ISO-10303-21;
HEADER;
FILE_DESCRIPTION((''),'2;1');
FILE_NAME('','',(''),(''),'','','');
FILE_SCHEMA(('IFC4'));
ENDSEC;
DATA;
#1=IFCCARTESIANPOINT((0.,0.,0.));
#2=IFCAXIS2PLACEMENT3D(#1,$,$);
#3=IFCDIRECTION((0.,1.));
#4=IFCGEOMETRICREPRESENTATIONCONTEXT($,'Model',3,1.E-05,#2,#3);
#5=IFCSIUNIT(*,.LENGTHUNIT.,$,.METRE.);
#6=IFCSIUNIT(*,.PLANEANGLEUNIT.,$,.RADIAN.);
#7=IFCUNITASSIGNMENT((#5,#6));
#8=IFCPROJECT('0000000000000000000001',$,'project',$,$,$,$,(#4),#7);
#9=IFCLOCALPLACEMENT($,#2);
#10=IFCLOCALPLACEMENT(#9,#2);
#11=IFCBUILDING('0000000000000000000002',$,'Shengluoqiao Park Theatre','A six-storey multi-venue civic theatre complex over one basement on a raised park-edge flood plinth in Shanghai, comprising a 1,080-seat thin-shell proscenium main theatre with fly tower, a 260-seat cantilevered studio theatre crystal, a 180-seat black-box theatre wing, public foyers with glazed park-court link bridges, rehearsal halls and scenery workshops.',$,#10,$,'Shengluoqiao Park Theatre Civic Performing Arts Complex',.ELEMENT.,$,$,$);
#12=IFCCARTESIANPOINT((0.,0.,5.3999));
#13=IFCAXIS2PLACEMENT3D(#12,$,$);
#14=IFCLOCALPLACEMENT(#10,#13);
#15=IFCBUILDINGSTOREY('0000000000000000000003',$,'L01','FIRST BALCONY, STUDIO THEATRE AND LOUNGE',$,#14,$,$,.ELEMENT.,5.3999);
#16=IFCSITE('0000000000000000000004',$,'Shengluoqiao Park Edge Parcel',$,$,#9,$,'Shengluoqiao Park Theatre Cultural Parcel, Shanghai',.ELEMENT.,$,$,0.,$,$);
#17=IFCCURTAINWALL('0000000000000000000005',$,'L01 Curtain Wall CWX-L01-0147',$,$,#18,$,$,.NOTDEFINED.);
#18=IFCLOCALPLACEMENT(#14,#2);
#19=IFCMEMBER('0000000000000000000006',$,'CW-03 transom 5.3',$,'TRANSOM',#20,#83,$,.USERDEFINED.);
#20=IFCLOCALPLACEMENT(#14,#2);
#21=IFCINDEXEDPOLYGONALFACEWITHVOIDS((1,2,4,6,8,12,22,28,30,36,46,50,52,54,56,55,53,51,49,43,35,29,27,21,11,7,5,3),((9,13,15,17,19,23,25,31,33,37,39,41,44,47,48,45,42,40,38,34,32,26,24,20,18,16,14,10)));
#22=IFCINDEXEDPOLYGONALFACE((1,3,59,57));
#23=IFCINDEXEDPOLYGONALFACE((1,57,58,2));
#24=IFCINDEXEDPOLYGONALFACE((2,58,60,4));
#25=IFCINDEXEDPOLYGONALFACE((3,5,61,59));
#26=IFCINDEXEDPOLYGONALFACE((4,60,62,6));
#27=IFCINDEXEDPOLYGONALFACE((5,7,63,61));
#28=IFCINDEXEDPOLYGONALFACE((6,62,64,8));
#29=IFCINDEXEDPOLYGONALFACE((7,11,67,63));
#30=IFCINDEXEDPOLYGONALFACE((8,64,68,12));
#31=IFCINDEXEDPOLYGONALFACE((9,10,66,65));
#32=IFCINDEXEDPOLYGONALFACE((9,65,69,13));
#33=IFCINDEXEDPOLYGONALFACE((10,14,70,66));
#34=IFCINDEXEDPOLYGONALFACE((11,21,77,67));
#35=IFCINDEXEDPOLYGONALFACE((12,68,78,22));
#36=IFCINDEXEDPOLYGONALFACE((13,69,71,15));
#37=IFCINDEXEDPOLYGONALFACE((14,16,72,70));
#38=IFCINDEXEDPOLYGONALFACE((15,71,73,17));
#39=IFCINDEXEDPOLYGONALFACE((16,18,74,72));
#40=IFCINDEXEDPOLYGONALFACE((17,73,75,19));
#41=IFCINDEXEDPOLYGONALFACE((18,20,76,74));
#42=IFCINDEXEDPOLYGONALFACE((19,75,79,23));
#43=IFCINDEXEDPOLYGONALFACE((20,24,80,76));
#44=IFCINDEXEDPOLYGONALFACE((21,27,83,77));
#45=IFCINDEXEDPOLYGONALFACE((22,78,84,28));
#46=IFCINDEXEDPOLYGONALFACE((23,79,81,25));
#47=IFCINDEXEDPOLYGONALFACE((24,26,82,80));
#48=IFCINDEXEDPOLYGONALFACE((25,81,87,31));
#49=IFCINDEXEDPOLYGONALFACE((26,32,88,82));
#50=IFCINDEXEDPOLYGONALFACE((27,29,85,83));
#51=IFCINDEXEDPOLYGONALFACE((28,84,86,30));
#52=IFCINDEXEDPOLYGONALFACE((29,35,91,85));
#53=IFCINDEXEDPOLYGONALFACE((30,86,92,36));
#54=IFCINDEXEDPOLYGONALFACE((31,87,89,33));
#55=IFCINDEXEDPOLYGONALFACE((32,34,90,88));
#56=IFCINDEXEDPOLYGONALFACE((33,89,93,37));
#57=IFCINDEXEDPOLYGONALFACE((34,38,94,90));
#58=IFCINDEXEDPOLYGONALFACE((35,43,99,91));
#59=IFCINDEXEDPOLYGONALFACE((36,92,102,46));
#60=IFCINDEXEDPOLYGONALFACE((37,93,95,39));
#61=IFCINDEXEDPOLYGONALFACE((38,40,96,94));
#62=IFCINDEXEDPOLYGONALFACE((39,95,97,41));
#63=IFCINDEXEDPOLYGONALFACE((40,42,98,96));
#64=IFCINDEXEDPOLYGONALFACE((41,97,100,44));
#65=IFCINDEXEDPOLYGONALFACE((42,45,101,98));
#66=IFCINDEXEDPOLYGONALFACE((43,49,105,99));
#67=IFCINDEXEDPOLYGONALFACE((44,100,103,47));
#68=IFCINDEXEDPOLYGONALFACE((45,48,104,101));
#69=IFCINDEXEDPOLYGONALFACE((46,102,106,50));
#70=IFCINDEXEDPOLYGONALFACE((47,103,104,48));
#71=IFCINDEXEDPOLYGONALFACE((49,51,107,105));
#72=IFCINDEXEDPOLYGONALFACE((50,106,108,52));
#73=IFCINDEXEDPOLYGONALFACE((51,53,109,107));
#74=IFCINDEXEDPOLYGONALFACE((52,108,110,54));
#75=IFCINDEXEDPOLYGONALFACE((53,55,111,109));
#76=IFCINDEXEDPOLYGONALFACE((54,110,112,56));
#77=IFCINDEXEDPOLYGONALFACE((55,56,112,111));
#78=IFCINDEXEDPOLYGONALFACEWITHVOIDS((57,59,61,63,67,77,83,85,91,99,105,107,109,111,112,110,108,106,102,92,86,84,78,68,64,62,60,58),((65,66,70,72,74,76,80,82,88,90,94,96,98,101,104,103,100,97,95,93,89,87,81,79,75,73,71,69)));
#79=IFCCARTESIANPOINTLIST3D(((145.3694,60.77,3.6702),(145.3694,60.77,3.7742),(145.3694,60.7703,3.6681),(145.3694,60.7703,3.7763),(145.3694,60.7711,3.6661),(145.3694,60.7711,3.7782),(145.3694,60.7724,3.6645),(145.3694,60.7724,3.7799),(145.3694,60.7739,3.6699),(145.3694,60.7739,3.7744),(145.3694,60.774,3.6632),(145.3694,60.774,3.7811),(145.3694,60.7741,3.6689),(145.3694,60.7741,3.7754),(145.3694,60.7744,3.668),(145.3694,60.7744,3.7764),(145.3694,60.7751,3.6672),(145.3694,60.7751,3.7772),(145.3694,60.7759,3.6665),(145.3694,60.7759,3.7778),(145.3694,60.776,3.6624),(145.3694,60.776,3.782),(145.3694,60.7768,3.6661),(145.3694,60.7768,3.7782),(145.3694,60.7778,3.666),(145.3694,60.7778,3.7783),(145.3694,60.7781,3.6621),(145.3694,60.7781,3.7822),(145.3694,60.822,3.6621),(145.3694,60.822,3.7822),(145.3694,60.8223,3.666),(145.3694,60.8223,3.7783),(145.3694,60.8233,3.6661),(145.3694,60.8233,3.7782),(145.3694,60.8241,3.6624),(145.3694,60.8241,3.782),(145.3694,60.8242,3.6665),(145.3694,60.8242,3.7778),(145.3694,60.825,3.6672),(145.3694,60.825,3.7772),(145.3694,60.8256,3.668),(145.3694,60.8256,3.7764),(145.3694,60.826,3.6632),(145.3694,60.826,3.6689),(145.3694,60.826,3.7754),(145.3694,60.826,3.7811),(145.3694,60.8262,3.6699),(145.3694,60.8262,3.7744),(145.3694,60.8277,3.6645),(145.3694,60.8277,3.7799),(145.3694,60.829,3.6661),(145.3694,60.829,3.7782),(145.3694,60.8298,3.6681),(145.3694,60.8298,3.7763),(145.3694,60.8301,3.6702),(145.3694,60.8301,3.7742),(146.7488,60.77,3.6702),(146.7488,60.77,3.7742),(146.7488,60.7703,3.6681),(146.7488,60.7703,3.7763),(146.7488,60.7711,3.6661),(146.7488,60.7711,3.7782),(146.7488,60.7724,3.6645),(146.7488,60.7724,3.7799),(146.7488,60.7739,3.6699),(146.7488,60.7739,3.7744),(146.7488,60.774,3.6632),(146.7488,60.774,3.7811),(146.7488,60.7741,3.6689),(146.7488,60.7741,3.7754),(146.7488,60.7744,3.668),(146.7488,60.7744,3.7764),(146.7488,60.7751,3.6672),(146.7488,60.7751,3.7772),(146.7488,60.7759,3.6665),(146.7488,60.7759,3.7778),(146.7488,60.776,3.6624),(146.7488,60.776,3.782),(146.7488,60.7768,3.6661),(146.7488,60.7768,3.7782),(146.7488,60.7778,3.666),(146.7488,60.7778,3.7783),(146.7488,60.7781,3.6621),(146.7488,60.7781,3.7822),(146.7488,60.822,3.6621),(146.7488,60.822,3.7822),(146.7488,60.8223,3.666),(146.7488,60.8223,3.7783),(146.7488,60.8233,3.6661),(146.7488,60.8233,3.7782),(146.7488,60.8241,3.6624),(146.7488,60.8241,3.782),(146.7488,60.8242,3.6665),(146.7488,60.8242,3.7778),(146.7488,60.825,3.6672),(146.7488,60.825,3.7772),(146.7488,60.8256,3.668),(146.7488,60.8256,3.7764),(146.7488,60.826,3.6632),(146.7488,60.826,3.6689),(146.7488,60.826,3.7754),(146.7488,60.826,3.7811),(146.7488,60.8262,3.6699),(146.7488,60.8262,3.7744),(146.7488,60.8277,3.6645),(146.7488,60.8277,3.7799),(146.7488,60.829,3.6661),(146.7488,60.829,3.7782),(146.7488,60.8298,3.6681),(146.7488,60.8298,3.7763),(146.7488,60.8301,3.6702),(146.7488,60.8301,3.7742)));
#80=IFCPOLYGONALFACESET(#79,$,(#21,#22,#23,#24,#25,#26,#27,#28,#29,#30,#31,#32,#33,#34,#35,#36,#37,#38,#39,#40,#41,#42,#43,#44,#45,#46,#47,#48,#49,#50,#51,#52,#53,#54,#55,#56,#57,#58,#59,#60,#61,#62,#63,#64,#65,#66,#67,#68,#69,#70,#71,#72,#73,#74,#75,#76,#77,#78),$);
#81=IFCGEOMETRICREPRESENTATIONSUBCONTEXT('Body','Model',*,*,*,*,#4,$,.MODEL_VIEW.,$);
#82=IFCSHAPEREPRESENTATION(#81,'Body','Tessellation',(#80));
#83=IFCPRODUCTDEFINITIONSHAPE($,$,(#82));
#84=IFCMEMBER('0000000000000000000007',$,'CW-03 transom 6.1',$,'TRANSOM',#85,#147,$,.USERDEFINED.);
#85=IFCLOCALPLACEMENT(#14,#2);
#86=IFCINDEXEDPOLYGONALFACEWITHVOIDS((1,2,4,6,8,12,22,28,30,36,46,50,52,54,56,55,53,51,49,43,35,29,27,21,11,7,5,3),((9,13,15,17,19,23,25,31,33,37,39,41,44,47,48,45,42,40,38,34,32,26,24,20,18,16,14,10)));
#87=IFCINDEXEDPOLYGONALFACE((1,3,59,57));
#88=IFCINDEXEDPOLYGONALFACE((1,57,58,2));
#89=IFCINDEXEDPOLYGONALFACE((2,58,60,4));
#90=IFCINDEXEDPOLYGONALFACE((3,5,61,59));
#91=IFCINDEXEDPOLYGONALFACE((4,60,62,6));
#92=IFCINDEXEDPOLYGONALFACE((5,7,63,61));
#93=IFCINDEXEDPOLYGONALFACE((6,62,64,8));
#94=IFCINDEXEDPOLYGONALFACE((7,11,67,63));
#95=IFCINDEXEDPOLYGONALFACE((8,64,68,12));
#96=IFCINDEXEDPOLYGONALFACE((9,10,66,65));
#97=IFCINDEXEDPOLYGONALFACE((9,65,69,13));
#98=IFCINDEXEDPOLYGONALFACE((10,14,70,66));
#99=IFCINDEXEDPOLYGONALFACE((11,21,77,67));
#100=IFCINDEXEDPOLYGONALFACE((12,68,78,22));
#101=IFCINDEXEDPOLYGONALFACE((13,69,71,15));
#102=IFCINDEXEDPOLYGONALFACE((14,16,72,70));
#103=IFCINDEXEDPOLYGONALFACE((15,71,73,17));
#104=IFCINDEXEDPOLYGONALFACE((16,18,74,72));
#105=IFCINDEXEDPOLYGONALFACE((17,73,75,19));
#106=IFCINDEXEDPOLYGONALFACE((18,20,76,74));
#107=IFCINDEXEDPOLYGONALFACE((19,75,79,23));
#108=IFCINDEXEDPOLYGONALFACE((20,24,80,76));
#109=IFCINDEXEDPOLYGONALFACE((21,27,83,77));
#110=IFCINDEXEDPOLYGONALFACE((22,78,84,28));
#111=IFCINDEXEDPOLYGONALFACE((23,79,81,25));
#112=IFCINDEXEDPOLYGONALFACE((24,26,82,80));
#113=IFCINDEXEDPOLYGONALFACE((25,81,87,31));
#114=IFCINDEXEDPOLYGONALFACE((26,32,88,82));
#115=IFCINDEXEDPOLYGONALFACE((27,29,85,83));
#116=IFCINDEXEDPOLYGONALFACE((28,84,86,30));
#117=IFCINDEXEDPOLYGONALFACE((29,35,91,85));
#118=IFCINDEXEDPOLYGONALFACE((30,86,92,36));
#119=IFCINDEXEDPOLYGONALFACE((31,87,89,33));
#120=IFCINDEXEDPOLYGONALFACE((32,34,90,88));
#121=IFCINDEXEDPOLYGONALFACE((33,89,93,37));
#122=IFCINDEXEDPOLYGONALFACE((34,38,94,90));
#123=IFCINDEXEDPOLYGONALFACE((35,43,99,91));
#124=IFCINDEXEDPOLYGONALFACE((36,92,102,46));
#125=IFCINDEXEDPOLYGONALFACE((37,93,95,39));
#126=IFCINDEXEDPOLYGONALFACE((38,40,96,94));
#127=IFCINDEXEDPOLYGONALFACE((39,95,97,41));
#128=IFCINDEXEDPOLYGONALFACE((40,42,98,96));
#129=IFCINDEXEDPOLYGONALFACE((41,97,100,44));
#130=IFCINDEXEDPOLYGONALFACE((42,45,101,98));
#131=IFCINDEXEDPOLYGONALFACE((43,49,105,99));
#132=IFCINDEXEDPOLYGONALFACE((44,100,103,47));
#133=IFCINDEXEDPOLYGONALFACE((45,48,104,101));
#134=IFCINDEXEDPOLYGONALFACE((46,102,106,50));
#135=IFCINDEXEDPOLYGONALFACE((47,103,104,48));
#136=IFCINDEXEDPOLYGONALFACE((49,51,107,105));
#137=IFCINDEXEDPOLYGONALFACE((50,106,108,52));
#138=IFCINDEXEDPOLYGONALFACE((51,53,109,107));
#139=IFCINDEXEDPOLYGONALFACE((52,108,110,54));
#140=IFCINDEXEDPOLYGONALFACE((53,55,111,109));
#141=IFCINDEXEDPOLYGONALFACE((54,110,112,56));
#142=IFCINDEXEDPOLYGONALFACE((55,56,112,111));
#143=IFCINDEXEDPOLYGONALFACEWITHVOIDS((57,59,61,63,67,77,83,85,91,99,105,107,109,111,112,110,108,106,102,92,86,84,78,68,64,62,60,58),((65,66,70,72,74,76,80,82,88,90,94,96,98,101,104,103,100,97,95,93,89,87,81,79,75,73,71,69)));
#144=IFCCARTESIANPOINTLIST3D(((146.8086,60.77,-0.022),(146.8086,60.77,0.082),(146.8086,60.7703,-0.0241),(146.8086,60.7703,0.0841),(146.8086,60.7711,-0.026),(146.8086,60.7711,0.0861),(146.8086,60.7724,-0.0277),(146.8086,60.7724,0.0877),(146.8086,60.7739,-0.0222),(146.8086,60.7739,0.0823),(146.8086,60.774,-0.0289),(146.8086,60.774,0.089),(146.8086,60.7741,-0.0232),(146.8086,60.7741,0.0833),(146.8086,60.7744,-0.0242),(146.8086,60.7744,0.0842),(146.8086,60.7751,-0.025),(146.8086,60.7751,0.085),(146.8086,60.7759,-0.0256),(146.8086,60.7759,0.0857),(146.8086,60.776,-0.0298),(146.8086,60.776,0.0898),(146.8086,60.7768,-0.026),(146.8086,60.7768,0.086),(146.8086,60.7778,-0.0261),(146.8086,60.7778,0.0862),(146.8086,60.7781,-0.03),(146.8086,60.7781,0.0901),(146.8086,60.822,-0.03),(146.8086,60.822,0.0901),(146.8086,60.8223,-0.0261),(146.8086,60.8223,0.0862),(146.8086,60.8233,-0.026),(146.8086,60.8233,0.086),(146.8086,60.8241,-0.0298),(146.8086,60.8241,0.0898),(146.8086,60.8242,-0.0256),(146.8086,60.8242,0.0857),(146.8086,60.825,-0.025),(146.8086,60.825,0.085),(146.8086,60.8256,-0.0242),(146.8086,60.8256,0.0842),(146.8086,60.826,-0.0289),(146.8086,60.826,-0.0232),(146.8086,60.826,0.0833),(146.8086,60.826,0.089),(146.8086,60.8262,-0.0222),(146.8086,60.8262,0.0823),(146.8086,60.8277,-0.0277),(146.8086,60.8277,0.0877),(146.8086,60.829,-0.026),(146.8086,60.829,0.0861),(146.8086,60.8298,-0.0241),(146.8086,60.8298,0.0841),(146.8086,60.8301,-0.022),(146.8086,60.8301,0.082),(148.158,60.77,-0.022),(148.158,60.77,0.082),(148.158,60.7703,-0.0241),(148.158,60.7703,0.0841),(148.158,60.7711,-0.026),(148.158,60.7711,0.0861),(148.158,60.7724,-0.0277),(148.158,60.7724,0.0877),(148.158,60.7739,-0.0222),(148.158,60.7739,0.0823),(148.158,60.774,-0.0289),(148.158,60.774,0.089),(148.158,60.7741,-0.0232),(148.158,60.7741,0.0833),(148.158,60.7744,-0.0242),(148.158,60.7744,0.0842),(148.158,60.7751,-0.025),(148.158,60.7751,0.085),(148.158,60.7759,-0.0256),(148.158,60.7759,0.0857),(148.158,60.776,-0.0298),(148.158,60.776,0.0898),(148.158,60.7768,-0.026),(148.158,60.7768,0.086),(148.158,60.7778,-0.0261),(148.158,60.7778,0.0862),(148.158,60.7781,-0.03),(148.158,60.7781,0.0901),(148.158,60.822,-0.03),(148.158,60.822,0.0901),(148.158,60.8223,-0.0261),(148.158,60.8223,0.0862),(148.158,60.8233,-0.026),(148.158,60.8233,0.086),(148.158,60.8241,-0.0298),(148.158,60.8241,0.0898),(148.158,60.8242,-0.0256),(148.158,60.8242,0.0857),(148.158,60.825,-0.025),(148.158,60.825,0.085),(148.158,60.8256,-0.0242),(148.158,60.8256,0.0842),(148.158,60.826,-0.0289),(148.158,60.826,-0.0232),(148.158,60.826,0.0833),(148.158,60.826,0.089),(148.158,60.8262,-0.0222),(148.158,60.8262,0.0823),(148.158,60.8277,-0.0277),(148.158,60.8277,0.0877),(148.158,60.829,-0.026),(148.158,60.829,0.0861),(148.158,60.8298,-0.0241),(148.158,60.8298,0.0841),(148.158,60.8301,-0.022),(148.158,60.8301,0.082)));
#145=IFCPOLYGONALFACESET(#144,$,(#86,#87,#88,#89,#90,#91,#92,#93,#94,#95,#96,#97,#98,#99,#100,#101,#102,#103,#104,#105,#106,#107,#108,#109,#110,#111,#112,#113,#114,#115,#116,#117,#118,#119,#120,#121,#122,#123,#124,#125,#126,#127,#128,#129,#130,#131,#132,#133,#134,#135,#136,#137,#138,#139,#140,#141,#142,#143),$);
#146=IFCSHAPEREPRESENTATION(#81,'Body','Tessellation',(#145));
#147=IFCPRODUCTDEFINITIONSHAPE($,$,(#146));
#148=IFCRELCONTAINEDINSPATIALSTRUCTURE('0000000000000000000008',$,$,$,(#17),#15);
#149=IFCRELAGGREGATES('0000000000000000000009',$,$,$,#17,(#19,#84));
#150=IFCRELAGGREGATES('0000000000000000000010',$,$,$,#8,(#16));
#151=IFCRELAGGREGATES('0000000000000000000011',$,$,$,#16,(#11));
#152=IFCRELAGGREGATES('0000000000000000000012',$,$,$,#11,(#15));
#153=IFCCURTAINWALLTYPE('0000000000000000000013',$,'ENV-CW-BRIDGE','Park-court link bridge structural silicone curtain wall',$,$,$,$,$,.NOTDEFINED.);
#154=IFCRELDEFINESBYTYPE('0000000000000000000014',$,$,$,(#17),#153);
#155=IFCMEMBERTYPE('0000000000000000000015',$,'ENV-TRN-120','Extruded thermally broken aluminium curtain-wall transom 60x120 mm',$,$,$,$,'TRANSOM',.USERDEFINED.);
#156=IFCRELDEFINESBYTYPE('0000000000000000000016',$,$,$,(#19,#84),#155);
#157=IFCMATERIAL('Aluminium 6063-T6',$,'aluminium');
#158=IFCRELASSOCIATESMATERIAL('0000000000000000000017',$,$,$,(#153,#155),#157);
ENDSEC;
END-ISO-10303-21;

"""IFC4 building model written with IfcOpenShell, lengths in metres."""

from ifc_helpers import new_model, si_unit, direction, frame, origin, origin_2d, place, context, subcontext, project, spatial, hollow_rectangle, extrude, material, material_profile, profile_set, type_object, element, aggregate, save


model = new_model("IFC4")

# Units and contexts
model_context = context("Model", 3, precision=1e-05, world=origin(), true_north=direction((0.0, 1.0)))
body_context = subcontext(model_context, "Body", "Model", "MODEL_VIEW")
ifc_project = project(units=[si_unit("LENGTHUNIT", "METRE"), si_unit("PLANEANGLEUNIT", "RADIAN")], contexts=[model_context])

# Site, building, storey
site_placement = place(None, origin())
site = spatial("IfcSite", under=ifc_project, at=site_placement, Name="Shengluoqiao Park Edge Parcel", LongName="Shengluoqiao Park Theatre Cultural Parcel, Shanghai", CompositionType="ELEMENT", RefElevation=0.0)
building_placement = place(site_placement, origin())
building = spatial("IfcBuilding", under=site, at=building_placement, Name="Shengluoqiao Park Theatre", Description="A six-storey multi-venue civic theatre complex over one basement on a raised park-edge flood plinth in Shanghai, comprising a 1,080-seat thin-shell proscenium main theatre with fly tower, a 260-seat cantilevered studio theatre crystal, a 180-seat black-box theatre wing, public foyers with glazed park-court link bridges, rehearsal halls and scenery workshops.", LongName="Shengluoqiao Park Theatre Civic Performing Arts Complex", CompositionType="ELEMENT")
storey_placement = place(building_placement, frame((0.0, 0.0, 5.3999)))
storey = spatial("IfcBuildingStorey", under=building, at=storey_placement, Name="L01", Description="FIRST BALCONY, STUDIO THEATRE AND LOUNGE", CompositionType="ELEMENT", Elevation=5.3999)

# Curtain wall
ifc_material_1 = material(Name="Aluminium 6063-T6", Category="aluminium")
curtain_wall_type = type_object("IfcCurtainWallType", Name="ENV-CW-BRIDGE", Description="Park-court link bridge structural silicone curtain wall", PredefinedType="NOTDEFINED", material=ifc_material_1)
curtain_wall_1_placement = place(storey_placement, origin())
curtain_wall_1 = element("IfcCurtainWall", 1, at=curtain_wall_1_placement, inside=storey, type_object=curtain_wall_type, Name="L01 Curtain Wall CWX-L01-0147", PredefinedType="NOTDEFINED")

# Members
ifc_material_profile_1 = material_profile(ifc_material_1, hollow_rectangle(XDim=0.0601, YDim=0.1201, WallThickness=0.0039, InnerFilletRadius=0.0039, OuterFilletRadius=0.0081, at=origin_2d()), Name="ALU TRANSOM 120x60x4")
ifc_profile_set_1 = profile_set([ifc_material_profile_1], Name="Aluminium 6063-T6")
member_type_1 = type_object("IfcMemberType", Name="ENV-TRN-120", Description="Extruded thermally broken aluminium curtain-wall transom 60x120 mm", ElementType="TRANSOM", PredefinedType="USERDEFINED", material=ifc_profile_set_1)
member_1_placement = place(storey_placement, frame((145.3694, 60.8, 3.7222), z_axis=(1.0, 0.0, 0.0), x_axis=(0.0, 1.0, 0.0)))
member_1 = element("IfcMember", 2, at=member_1_placement, type_object=member_type_1, Name="CW-03 transom 5.3", ObjectType="TRANSOM", PredefinedType="USERDEFINED", context=body_context, shape_type="SweptSolid", body=[
    extrude(hollow_rectangle(XDim=0.0601, YDim=0.1201, WallThickness=0.0039, InnerFilletRadius=0.0039, OuterFilletRadius=0.0081, at=origin_2d()), origin(), (0.0, 0.0, 1.0), 1.3794),
])
member_2_placement = place(storey_placement, frame((146.8086, 60.8, 0.03), z_axis=(1.0, 0.0, 0.0), x_axis=(0.0, 1.0, 0.0)))
member_2 = element("IfcMember", 3, at=member_2_placement, type_object=member_type_1, Name="CW-03 transom 6.1", ObjectType="TRANSOM", PredefinedType="USERDEFINED", context=body_context, shape_type="SweptSolid", body=[
    extrude(hollow_rectangle(XDim=0.0601, YDim=0.1201, WallThickness=0.0039, InnerFilletRadius=0.0039, OuterFilletRadius=0.0081, at=origin_2d()), origin(), (0.0, 0.0, 1.0), 1.3494),
])

aggregate(curtain_wall_1, [member_1, member_2])

save(model, "model.ifc")
